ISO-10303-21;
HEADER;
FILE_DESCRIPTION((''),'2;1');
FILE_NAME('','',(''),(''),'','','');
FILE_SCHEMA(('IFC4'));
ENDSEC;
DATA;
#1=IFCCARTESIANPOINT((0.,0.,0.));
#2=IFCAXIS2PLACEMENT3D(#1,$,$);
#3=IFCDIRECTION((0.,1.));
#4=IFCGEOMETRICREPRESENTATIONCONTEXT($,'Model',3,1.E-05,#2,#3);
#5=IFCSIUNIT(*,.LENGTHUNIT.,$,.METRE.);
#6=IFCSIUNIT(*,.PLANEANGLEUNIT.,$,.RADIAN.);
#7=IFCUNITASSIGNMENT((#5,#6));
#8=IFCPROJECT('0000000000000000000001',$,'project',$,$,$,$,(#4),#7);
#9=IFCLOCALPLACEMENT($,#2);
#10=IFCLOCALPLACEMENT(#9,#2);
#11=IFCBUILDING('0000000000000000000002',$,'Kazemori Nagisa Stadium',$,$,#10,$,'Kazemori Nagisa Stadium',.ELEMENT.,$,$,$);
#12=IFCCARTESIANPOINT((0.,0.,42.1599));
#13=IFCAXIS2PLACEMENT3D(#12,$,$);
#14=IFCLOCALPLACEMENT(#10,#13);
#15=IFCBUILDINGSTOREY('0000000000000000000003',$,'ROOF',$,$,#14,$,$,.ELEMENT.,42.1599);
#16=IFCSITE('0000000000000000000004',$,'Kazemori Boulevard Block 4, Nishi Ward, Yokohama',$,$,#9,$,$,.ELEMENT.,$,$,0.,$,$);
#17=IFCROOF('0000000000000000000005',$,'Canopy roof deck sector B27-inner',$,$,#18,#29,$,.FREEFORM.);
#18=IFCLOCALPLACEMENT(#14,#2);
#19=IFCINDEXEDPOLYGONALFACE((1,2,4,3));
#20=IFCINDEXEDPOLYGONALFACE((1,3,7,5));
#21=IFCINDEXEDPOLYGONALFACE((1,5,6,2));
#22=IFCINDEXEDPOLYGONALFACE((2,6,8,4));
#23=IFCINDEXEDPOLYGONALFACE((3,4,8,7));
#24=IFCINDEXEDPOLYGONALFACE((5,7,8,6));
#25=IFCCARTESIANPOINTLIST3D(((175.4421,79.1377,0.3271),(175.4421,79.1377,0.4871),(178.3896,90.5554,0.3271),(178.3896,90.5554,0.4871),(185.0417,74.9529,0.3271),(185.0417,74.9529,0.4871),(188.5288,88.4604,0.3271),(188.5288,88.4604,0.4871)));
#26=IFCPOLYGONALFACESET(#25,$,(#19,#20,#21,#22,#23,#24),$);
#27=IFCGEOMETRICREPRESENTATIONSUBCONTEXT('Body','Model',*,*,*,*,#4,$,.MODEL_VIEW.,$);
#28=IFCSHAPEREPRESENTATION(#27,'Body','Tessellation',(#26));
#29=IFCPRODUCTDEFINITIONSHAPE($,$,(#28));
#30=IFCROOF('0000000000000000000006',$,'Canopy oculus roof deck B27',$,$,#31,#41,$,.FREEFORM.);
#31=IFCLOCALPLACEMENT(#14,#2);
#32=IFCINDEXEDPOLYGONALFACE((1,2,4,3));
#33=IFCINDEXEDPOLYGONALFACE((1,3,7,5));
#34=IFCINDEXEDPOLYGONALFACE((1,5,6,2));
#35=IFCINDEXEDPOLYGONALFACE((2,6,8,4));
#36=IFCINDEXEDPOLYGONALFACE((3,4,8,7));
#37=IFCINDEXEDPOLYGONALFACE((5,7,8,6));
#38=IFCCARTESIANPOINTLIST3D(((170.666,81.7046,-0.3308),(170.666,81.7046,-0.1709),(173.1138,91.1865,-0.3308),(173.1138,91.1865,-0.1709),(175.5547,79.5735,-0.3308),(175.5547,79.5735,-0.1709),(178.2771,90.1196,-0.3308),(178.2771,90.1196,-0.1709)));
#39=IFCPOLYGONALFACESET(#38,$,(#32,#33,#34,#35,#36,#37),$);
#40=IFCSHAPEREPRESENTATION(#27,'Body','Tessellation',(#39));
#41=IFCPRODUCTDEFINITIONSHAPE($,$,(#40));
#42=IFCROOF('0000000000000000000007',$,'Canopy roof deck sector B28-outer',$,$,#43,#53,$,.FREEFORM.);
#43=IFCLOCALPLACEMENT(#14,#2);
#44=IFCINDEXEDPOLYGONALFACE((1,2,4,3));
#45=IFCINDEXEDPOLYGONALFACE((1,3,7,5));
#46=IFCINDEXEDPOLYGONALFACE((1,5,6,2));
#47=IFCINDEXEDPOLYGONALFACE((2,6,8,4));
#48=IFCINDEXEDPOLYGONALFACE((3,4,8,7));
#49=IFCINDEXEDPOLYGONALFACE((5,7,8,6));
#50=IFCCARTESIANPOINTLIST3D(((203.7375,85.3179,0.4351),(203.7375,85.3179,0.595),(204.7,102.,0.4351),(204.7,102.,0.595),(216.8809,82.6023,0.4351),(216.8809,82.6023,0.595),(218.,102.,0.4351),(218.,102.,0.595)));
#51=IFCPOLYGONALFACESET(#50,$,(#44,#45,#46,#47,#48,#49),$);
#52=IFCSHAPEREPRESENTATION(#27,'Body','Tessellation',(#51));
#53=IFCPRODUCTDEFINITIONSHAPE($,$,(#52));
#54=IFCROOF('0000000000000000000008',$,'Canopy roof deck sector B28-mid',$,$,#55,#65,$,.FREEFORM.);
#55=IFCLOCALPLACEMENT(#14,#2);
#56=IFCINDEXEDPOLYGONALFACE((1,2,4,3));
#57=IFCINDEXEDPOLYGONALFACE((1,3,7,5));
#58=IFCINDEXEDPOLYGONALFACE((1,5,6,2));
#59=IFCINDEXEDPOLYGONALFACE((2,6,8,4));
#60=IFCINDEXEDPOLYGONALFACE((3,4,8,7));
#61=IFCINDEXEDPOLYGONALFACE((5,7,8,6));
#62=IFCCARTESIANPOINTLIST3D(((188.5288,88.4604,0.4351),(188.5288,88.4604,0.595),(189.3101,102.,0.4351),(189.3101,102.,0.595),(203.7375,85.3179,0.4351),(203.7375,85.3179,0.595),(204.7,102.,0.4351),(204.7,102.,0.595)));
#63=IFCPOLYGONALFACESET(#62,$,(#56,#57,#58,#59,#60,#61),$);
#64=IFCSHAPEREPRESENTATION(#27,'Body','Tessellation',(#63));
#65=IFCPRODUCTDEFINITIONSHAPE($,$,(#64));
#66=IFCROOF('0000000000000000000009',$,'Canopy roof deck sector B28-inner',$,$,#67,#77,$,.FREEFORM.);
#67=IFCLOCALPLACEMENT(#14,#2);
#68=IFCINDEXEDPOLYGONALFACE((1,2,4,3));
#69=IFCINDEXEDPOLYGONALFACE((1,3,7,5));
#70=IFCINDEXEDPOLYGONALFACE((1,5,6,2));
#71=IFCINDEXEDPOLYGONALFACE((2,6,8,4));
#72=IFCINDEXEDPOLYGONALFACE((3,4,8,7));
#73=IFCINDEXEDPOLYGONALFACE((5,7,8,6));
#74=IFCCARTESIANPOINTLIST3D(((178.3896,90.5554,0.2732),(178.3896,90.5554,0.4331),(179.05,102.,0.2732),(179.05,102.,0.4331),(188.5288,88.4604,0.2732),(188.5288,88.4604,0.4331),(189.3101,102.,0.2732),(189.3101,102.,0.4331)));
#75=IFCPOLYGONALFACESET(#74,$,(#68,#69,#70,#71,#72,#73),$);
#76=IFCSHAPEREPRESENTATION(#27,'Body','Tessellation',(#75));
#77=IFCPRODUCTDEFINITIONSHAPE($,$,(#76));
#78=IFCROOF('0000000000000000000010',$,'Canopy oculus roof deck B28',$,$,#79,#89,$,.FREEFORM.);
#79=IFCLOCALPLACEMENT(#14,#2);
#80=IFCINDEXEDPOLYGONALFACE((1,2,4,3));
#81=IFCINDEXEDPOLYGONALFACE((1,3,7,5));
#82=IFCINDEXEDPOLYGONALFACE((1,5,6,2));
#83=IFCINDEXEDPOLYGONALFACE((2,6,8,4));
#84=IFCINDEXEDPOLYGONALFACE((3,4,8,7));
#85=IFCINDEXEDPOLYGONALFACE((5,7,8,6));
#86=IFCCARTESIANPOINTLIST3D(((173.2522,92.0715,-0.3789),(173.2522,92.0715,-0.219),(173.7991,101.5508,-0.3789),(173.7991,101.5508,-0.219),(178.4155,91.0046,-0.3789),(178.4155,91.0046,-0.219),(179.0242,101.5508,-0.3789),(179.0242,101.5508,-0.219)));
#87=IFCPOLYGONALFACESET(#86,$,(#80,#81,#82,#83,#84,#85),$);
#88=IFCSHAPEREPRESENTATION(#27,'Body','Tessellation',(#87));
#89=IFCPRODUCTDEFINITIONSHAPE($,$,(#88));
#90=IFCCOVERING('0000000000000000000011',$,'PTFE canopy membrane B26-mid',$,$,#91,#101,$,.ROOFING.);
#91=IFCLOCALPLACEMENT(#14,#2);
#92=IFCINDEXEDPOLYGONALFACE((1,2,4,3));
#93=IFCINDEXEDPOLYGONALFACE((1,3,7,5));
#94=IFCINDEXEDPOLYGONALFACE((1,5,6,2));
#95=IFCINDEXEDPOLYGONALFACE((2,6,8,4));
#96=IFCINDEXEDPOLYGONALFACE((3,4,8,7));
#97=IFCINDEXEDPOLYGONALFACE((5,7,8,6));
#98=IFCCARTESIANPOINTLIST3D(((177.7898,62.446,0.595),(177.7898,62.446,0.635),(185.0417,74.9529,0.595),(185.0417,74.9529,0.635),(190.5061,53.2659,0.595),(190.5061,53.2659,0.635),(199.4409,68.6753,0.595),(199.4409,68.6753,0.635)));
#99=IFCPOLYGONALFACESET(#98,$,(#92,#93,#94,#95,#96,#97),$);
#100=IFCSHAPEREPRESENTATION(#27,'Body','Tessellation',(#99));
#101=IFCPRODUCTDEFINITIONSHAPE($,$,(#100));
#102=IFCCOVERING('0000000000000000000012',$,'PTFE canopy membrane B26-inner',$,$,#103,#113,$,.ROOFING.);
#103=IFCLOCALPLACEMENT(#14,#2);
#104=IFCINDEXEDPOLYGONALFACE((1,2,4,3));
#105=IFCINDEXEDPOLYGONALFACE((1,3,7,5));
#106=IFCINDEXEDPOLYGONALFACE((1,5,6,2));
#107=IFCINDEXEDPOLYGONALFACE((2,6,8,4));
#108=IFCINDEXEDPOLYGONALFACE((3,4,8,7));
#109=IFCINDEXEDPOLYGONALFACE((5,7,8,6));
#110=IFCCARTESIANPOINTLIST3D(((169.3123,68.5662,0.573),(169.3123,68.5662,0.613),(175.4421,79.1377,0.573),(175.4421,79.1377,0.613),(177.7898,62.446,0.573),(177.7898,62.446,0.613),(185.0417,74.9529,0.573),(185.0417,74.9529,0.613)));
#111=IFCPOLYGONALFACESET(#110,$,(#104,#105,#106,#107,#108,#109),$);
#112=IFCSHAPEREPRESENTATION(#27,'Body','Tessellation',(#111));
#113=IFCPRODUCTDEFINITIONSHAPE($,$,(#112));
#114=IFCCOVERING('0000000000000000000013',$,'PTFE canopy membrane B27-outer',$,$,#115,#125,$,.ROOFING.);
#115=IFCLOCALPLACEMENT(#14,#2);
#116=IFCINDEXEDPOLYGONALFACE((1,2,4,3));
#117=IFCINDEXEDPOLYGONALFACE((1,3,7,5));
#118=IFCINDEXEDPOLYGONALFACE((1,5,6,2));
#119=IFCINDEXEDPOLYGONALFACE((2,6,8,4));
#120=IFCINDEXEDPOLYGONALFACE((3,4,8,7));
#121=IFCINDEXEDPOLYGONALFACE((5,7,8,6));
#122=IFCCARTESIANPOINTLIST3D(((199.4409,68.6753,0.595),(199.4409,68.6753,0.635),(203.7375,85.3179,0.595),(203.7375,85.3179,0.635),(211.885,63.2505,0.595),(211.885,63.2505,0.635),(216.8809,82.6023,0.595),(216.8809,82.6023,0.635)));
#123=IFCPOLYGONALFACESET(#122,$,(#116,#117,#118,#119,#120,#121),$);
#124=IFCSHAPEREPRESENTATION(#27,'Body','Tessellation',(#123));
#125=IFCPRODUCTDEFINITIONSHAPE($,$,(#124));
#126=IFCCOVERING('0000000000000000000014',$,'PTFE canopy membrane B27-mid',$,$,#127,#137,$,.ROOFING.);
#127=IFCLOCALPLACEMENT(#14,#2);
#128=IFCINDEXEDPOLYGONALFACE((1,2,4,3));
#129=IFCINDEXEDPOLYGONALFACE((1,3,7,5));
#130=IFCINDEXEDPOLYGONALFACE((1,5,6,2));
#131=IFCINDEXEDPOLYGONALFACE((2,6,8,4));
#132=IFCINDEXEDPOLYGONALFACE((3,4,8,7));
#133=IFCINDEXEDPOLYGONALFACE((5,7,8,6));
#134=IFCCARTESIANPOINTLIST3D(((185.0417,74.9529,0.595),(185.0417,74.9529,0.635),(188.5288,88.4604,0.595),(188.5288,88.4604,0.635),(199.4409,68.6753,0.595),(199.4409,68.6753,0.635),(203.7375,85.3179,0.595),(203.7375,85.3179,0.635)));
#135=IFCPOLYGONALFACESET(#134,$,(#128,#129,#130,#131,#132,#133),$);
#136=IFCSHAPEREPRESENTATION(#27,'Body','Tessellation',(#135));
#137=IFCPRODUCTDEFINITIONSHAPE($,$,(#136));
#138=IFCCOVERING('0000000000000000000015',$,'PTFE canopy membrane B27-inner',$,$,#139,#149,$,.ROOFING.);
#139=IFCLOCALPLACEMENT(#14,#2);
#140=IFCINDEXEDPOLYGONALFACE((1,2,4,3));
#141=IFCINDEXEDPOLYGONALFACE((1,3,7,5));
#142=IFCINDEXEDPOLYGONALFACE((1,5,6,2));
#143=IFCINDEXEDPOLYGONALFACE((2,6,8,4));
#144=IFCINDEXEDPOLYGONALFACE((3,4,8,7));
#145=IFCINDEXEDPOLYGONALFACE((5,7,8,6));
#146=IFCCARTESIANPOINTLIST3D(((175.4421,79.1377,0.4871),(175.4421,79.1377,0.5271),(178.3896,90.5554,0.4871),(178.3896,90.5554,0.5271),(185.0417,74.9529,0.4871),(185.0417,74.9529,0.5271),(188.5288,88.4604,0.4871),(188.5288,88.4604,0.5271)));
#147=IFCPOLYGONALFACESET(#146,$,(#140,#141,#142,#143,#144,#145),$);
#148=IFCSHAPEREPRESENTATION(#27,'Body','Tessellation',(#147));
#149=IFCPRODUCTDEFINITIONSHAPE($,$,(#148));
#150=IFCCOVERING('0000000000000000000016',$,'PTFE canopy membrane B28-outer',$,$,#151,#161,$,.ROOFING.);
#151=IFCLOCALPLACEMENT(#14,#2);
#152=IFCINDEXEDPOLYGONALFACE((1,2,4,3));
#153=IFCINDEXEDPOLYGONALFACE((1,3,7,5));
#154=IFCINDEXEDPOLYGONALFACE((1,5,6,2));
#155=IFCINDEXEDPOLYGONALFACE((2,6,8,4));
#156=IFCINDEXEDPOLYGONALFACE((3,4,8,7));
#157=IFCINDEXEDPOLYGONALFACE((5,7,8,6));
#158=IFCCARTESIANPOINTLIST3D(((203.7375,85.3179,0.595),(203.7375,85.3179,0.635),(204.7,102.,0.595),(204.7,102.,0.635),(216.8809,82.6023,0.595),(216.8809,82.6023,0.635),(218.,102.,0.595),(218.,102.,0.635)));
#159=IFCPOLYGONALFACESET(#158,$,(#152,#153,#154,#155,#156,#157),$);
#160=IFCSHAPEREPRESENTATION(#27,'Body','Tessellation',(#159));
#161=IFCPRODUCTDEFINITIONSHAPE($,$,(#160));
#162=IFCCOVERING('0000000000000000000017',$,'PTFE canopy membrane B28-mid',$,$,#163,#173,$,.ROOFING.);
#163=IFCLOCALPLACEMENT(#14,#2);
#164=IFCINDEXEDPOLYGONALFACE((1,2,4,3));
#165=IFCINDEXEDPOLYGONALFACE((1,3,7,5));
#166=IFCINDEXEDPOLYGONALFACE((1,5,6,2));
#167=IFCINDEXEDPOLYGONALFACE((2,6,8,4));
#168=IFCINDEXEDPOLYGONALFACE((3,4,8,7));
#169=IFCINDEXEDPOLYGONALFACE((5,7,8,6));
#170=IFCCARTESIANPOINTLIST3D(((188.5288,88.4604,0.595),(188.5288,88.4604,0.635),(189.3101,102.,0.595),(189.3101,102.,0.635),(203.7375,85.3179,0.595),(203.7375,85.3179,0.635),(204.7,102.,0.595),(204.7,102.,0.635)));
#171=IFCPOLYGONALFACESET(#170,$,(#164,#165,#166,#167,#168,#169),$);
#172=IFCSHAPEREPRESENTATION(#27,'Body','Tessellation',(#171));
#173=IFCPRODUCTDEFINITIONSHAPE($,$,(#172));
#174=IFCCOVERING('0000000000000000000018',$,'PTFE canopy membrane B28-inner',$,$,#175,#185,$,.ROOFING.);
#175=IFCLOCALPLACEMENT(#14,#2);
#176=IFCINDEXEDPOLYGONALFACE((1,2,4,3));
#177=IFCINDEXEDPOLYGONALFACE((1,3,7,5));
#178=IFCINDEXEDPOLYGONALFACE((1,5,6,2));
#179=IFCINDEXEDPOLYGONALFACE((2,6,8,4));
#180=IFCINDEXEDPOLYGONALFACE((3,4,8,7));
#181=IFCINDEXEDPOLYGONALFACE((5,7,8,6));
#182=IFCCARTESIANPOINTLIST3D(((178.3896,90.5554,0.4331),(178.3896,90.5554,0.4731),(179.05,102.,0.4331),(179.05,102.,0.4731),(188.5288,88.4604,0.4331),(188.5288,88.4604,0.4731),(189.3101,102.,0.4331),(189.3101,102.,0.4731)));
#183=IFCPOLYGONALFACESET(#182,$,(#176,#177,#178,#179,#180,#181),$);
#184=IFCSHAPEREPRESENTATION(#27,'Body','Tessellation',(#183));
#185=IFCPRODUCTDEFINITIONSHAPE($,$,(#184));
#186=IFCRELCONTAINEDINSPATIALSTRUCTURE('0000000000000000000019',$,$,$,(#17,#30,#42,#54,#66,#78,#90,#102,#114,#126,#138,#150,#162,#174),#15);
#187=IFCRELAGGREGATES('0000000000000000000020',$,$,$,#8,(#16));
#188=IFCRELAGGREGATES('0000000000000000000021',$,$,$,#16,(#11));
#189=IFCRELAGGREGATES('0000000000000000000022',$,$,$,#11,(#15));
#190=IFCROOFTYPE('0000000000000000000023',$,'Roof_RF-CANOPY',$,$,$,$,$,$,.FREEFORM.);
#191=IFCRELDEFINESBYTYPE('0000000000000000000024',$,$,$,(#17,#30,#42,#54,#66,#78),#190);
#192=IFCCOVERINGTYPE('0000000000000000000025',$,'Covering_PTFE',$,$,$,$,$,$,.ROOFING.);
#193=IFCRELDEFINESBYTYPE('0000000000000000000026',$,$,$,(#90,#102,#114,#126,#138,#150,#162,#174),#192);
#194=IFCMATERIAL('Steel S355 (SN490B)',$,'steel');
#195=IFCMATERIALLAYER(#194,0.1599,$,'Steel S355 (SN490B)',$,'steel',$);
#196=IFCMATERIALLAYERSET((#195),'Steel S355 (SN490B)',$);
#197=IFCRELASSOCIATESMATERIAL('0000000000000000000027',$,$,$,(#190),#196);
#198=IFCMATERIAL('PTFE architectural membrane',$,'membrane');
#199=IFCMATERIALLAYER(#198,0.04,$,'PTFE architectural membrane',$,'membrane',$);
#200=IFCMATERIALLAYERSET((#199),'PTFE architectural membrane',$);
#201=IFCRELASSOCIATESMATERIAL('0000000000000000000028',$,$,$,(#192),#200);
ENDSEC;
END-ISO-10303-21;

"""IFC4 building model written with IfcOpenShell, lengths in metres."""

from ifc_helpers import new_model, si_unit, direction, frame, origin, place, context, subcontext, project, spatial, polyline, outline, extrude, material, layer, layer_set, type_object, element, save


model = new_model("IFC4")

# Units and contexts
model_context = context("Model", 3, precision=1e-05, world=origin(), true_north=direction((0.0, 1.0)))
body_context = subcontext(model_context, "Body", "Model", "MODEL_VIEW")
ifc_project = project(units=[si_unit("LENGTHUNIT", "METRE"), si_unit("PLANEANGLEUNIT", "RADIAN")], contexts=[model_context])

# Site, building, storey
site_placement = place(None, origin())
site = spatial("IfcSite", under=ifc_project, at=site_placement, Name="Kazemori Boulevard Block 4, Nishi Ward, Yokohama", CompositionType="ELEMENT", RefElevation=0.0)
building_placement = place(site_placement, origin())
building = spatial("IfcBuilding", under=site, at=building_placement, Name="Kazemori Nagisa Stadium", LongName="Kazemori Nagisa Stadium", CompositionType="ELEMENT")
storey_placement = place(building_placement, frame((0.0, 0.0, 42.1599)))
storey = spatial("IfcBuildingStorey", under=building, at=storey_placement, Name="ROOF", CompositionType="ELEMENT", Elevation=42.1599)

# Roofs
ifc_material_1 = material(Name="Steel S355 (SN490B)", Category="steel")
ifc_layer_1 = layer(ifc_material_1, 0.1599, Name="Steel S355 (SN490B)", Category="steel")
ifc_layer_set_1 = layer_set([ifc_layer_1], Name="Steel S355 (SN490B)")
roof_type = type_object("IfcRoofType", Name="Roof_RF-CANOPY", PredefinedType="FREEFORM", material=ifc_layer_set_1)
roof_1_placement = place(storey_placement, frame((0.0, 0.0, 0.3271)))
element("IfcRoof", 1, at=roof_1_placement, inside=storey, type_object=roof_type, Name="Canopy roof deck sector B27-inner", PredefinedType="FREEFORM", context=body_context, shape_type="SweptSolid", body=[
    extrude(outline(polyline([(185.0417, 74.9529), (188.5288, 88.4604), (178.3896, 90.5554), (175.4421, 79.1377), (185.0417, 74.9529)])), origin(), (0.0, 0.0, 1.0), 0.1599),
])
roof_2_placement = place(storey_placement, frame((0.0, 0.0, -0.3308)))
element("IfcRoof", 2, at=roof_2_placement, inside=storey, type_object=roof_type, Name="Canopy oculus roof deck B27", PredefinedType="FREEFORM", context=body_context, shape_type="SweptSolid", body=[
    extrude(outline(polyline([(170.666, 81.7046), (173.1138, 91.1865), (178.2771, 90.1196), (175.5547, 79.5735), (170.666, 81.7046)])), origin(), (0.0, 0.0, 1.0), 0.1599),
])
roof_3_placement = place(storey_placement, frame((0.0, 0.0, 0.4351)))
element("IfcRoof", 3, at=roof_3_placement, inside=storey, type_object=roof_type, Name="Canopy roof deck sector B28-outer", PredefinedType="FREEFORM", context=body_context, shape_type="SweptSolid", body=[
    extrude(outline(polyline([(216.8809, 82.6023), (218.0, 102.0), (204.7, 102.0), (203.7375, 85.3179), (216.8809, 82.6023)])), origin(), (0.0, 0.0, 1.0), 0.1599),
])
roof_4_placement = place(storey_placement, frame((0.0, 0.0, 0.4351)))
element("IfcRoof", 4, at=roof_4_placement, inside=storey, type_object=roof_type, Name="Canopy roof deck sector B28-mid", PredefinedType="FREEFORM", context=body_context, shape_type="SweptSolid", body=[
    extrude(outline(polyline([(203.7375, 85.3179), (204.7, 102.0), (189.3101, 102.0), (188.5288, 88.4604), (203.7375, 85.3179)])), origin(), (0.0, 0.0, 1.0), 0.1599),
])
roof_5_placement = place(storey_placement, frame((0.0, 0.0, 0.2732)))
element("IfcRoof", 5, at=roof_5_placement, inside=storey, type_object=roof_type, Name="Canopy roof deck sector B28-inner", PredefinedType="FREEFORM", context=body_context, shape_type="SweptSolid", body=[
    extrude(outline(polyline([(188.5288, 88.4604), (189.3101, 102.0), (179.05, 102.0), (178.3896, 90.5554), (188.5288, 88.4604)])), origin(), (0.0, 0.0, 1.0), 0.1599),
])
roof_6_placement = place(storey_placement, frame((0.0, 0.0, -0.3789)))
element("IfcRoof", 6, at=roof_6_placement, inside=storey, type_object=roof_type, Name="Canopy oculus roof deck B28", PredefinedType="FREEFORM", context=body_context, shape_type="SweptSolid", body=[
    extrude(outline(polyline([(173.2522, 92.0715), (173.7991, 101.5508), (179.0242, 101.5508), (178.4155, 91.0046), (173.2522, 92.0715)])), origin(), (0.0, 0.0, 1.0), 0.1599),
])

# Coverings
ifc_material_2 = material(Name="PTFE architectural membrane", Category="membrane")
ifc_layer_2 = layer(ifc_material_2, 0.04, Name="PTFE architectural membrane", Category="membrane")
ifc_layer_set_2 = layer_set([ifc_layer_2], Name="PTFE architectural membrane")
covering_type = type_object("IfcCoveringType", Name="Covering_PTFE", PredefinedType="ROOFING", material=ifc_layer_set_2)
covering_1_placement = place(storey_placement, frame((0.0, 0.0, 0.595)))
element("IfcCovering", 7, at=covering_1_placement, inside=storey, type_object=covering_type, Name="PTFE canopy membrane B26-mid", PredefinedType="ROOFING", context=body_context, shape_type="SweptSolid", body=[
    extrude(outline(polyline([(190.5061, 53.2659), (199.4409, 68.6753), (185.0417, 74.9529), (177.7898, 62.446), (190.5061, 53.2659)])), origin(), (0.0, 0.0, 1.0), 0.04),
])
covering_2_placement = place(storey_placement, frame((0.0, 0.0, 0.573)))
element("IfcCovering", 8, at=covering_2_placement, inside=storey, type_object=covering_type, Name="PTFE canopy membrane B26-inner", PredefinedType="ROOFING", context=body_context, shape_type="SweptSolid", body=[
    extrude(outline(polyline([(177.7898, 62.446), (185.0417, 74.9529), (175.4421, 79.1377), (169.3123, 68.5662), (177.7898, 62.446)])), origin(), (0.0, 0.0, 1.0), 0.04),
])
covering_3_placement = place(storey_placement, frame((0.0, 0.0, 0.595)))
element("IfcCovering", 9, at=covering_3_placement, inside=storey, type_object=covering_type, Name="PTFE canopy membrane B27-outer", PredefinedType="ROOFING", context=body_context, shape_type="SweptSolid", body=[
    extrude(outline(polyline([(211.885, 63.2505), (216.8809, 82.6023), (203.7375, 85.3179), (199.4409, 68.6753), (211.885, 63.2505)])), origin(), (0.0, 0.0, 1.0), 0.04),
])
covering_4_placement = place(storey_placement, frame((0.0, 0.0, 0.595)))
element("IfcCovering", 10, at=covering_4_placement, inside=storey, type_object=covering_type, Name="PTFE canopy membrane B27-mid", PredefinedType="ROOFING", context=body_context, shape_type="SweptSolid", body=[
    extrude(outline(polyline([(199.4409, 68.6753), (203.7375, 85.3179), (188.5288, 88.4604), (185.0417, 74.9529), (199.4409, 68.6753)])), origin(), (0.0, 0.0, 1.0), 0.04),
])
covering_5_placement = place(storey_placement, frame((0.0, 0.0, 0.4871)))
element("IfcCovering", 11, at=covering_5_placement, inside=storey, type_object=covering_type, Name="PTFE canopy membrane B27-inner", PredefinedType="ROOFING", context=body_context, shape_type="SweptSolid", body=[
    extrude(outline(polyline([(185.0417, 74.9529), (188.5288, 88.4604), (178.3896, 90.5554), (175.4421, 79.1377), (185.0417, 74.9529)])), origin(), (0.0, 0.0, 1.0), 0.04),
])
covering_6_placement = place(storey_placement, frame((0.0, 0.0, 0.595)))
element("IfcCovering", 12, at=covering_6_placement, inside=storey, type_object=covering_type, Name="PTFE canopy membrane B28-outer", PredefinedType="ROOFING", context=body_context, shape_type="SweptSolid", body=[
    extrude(outline(polyline([(216.8809, 82.6023), (218.0, 102.0), (204.7, 102.0), (203.7375, 85.3179), (216.8809, 82.6023)])), origin(), (0.0, 0.0, 1.0), 0.04),
])
covering_7_placement = place(storey_placement, frame((0.0, 0.0, 0.595)))
element("IfcCovering", 13, at=covering_7_placement, inside=storey, type_object=covering_type, Name="PTFE canopy membrane B28-mid", PredefinedType="ROOFING", context=body_context, shape_type="SweptSolid", body=[
    extrude(outline(polyline([(203.7375, 85.3179), (204.7, 102.0), (189.3101, 102.0), (188.5288, 88.4604), (203.7375, 85.3179)])), origin(), (0.0, 0.0, 1.0), 0.04),
])
covering_8_placement = place(storey_placement, frame((0.0, 0.0, 0.4331)))
element("IfcCovering", 14, at=covering_8_placement, inside=storey, type_object=covering_type, Name="PTFE canopy membrane B28-inner", PredefinedType="ROOFING", context=body_context, shape_type="SweptSolid", body=[
    extrude(outline(polyline([(188.5288, 88.4604), (189.3101, 102.0), (179.05, 102.0), (178.3896, 90.5554), (188.5288, 88.4604)])), origin(), (0.0, 0.0, 1.0), 0.04),
])

save(model, "model.ifc")
